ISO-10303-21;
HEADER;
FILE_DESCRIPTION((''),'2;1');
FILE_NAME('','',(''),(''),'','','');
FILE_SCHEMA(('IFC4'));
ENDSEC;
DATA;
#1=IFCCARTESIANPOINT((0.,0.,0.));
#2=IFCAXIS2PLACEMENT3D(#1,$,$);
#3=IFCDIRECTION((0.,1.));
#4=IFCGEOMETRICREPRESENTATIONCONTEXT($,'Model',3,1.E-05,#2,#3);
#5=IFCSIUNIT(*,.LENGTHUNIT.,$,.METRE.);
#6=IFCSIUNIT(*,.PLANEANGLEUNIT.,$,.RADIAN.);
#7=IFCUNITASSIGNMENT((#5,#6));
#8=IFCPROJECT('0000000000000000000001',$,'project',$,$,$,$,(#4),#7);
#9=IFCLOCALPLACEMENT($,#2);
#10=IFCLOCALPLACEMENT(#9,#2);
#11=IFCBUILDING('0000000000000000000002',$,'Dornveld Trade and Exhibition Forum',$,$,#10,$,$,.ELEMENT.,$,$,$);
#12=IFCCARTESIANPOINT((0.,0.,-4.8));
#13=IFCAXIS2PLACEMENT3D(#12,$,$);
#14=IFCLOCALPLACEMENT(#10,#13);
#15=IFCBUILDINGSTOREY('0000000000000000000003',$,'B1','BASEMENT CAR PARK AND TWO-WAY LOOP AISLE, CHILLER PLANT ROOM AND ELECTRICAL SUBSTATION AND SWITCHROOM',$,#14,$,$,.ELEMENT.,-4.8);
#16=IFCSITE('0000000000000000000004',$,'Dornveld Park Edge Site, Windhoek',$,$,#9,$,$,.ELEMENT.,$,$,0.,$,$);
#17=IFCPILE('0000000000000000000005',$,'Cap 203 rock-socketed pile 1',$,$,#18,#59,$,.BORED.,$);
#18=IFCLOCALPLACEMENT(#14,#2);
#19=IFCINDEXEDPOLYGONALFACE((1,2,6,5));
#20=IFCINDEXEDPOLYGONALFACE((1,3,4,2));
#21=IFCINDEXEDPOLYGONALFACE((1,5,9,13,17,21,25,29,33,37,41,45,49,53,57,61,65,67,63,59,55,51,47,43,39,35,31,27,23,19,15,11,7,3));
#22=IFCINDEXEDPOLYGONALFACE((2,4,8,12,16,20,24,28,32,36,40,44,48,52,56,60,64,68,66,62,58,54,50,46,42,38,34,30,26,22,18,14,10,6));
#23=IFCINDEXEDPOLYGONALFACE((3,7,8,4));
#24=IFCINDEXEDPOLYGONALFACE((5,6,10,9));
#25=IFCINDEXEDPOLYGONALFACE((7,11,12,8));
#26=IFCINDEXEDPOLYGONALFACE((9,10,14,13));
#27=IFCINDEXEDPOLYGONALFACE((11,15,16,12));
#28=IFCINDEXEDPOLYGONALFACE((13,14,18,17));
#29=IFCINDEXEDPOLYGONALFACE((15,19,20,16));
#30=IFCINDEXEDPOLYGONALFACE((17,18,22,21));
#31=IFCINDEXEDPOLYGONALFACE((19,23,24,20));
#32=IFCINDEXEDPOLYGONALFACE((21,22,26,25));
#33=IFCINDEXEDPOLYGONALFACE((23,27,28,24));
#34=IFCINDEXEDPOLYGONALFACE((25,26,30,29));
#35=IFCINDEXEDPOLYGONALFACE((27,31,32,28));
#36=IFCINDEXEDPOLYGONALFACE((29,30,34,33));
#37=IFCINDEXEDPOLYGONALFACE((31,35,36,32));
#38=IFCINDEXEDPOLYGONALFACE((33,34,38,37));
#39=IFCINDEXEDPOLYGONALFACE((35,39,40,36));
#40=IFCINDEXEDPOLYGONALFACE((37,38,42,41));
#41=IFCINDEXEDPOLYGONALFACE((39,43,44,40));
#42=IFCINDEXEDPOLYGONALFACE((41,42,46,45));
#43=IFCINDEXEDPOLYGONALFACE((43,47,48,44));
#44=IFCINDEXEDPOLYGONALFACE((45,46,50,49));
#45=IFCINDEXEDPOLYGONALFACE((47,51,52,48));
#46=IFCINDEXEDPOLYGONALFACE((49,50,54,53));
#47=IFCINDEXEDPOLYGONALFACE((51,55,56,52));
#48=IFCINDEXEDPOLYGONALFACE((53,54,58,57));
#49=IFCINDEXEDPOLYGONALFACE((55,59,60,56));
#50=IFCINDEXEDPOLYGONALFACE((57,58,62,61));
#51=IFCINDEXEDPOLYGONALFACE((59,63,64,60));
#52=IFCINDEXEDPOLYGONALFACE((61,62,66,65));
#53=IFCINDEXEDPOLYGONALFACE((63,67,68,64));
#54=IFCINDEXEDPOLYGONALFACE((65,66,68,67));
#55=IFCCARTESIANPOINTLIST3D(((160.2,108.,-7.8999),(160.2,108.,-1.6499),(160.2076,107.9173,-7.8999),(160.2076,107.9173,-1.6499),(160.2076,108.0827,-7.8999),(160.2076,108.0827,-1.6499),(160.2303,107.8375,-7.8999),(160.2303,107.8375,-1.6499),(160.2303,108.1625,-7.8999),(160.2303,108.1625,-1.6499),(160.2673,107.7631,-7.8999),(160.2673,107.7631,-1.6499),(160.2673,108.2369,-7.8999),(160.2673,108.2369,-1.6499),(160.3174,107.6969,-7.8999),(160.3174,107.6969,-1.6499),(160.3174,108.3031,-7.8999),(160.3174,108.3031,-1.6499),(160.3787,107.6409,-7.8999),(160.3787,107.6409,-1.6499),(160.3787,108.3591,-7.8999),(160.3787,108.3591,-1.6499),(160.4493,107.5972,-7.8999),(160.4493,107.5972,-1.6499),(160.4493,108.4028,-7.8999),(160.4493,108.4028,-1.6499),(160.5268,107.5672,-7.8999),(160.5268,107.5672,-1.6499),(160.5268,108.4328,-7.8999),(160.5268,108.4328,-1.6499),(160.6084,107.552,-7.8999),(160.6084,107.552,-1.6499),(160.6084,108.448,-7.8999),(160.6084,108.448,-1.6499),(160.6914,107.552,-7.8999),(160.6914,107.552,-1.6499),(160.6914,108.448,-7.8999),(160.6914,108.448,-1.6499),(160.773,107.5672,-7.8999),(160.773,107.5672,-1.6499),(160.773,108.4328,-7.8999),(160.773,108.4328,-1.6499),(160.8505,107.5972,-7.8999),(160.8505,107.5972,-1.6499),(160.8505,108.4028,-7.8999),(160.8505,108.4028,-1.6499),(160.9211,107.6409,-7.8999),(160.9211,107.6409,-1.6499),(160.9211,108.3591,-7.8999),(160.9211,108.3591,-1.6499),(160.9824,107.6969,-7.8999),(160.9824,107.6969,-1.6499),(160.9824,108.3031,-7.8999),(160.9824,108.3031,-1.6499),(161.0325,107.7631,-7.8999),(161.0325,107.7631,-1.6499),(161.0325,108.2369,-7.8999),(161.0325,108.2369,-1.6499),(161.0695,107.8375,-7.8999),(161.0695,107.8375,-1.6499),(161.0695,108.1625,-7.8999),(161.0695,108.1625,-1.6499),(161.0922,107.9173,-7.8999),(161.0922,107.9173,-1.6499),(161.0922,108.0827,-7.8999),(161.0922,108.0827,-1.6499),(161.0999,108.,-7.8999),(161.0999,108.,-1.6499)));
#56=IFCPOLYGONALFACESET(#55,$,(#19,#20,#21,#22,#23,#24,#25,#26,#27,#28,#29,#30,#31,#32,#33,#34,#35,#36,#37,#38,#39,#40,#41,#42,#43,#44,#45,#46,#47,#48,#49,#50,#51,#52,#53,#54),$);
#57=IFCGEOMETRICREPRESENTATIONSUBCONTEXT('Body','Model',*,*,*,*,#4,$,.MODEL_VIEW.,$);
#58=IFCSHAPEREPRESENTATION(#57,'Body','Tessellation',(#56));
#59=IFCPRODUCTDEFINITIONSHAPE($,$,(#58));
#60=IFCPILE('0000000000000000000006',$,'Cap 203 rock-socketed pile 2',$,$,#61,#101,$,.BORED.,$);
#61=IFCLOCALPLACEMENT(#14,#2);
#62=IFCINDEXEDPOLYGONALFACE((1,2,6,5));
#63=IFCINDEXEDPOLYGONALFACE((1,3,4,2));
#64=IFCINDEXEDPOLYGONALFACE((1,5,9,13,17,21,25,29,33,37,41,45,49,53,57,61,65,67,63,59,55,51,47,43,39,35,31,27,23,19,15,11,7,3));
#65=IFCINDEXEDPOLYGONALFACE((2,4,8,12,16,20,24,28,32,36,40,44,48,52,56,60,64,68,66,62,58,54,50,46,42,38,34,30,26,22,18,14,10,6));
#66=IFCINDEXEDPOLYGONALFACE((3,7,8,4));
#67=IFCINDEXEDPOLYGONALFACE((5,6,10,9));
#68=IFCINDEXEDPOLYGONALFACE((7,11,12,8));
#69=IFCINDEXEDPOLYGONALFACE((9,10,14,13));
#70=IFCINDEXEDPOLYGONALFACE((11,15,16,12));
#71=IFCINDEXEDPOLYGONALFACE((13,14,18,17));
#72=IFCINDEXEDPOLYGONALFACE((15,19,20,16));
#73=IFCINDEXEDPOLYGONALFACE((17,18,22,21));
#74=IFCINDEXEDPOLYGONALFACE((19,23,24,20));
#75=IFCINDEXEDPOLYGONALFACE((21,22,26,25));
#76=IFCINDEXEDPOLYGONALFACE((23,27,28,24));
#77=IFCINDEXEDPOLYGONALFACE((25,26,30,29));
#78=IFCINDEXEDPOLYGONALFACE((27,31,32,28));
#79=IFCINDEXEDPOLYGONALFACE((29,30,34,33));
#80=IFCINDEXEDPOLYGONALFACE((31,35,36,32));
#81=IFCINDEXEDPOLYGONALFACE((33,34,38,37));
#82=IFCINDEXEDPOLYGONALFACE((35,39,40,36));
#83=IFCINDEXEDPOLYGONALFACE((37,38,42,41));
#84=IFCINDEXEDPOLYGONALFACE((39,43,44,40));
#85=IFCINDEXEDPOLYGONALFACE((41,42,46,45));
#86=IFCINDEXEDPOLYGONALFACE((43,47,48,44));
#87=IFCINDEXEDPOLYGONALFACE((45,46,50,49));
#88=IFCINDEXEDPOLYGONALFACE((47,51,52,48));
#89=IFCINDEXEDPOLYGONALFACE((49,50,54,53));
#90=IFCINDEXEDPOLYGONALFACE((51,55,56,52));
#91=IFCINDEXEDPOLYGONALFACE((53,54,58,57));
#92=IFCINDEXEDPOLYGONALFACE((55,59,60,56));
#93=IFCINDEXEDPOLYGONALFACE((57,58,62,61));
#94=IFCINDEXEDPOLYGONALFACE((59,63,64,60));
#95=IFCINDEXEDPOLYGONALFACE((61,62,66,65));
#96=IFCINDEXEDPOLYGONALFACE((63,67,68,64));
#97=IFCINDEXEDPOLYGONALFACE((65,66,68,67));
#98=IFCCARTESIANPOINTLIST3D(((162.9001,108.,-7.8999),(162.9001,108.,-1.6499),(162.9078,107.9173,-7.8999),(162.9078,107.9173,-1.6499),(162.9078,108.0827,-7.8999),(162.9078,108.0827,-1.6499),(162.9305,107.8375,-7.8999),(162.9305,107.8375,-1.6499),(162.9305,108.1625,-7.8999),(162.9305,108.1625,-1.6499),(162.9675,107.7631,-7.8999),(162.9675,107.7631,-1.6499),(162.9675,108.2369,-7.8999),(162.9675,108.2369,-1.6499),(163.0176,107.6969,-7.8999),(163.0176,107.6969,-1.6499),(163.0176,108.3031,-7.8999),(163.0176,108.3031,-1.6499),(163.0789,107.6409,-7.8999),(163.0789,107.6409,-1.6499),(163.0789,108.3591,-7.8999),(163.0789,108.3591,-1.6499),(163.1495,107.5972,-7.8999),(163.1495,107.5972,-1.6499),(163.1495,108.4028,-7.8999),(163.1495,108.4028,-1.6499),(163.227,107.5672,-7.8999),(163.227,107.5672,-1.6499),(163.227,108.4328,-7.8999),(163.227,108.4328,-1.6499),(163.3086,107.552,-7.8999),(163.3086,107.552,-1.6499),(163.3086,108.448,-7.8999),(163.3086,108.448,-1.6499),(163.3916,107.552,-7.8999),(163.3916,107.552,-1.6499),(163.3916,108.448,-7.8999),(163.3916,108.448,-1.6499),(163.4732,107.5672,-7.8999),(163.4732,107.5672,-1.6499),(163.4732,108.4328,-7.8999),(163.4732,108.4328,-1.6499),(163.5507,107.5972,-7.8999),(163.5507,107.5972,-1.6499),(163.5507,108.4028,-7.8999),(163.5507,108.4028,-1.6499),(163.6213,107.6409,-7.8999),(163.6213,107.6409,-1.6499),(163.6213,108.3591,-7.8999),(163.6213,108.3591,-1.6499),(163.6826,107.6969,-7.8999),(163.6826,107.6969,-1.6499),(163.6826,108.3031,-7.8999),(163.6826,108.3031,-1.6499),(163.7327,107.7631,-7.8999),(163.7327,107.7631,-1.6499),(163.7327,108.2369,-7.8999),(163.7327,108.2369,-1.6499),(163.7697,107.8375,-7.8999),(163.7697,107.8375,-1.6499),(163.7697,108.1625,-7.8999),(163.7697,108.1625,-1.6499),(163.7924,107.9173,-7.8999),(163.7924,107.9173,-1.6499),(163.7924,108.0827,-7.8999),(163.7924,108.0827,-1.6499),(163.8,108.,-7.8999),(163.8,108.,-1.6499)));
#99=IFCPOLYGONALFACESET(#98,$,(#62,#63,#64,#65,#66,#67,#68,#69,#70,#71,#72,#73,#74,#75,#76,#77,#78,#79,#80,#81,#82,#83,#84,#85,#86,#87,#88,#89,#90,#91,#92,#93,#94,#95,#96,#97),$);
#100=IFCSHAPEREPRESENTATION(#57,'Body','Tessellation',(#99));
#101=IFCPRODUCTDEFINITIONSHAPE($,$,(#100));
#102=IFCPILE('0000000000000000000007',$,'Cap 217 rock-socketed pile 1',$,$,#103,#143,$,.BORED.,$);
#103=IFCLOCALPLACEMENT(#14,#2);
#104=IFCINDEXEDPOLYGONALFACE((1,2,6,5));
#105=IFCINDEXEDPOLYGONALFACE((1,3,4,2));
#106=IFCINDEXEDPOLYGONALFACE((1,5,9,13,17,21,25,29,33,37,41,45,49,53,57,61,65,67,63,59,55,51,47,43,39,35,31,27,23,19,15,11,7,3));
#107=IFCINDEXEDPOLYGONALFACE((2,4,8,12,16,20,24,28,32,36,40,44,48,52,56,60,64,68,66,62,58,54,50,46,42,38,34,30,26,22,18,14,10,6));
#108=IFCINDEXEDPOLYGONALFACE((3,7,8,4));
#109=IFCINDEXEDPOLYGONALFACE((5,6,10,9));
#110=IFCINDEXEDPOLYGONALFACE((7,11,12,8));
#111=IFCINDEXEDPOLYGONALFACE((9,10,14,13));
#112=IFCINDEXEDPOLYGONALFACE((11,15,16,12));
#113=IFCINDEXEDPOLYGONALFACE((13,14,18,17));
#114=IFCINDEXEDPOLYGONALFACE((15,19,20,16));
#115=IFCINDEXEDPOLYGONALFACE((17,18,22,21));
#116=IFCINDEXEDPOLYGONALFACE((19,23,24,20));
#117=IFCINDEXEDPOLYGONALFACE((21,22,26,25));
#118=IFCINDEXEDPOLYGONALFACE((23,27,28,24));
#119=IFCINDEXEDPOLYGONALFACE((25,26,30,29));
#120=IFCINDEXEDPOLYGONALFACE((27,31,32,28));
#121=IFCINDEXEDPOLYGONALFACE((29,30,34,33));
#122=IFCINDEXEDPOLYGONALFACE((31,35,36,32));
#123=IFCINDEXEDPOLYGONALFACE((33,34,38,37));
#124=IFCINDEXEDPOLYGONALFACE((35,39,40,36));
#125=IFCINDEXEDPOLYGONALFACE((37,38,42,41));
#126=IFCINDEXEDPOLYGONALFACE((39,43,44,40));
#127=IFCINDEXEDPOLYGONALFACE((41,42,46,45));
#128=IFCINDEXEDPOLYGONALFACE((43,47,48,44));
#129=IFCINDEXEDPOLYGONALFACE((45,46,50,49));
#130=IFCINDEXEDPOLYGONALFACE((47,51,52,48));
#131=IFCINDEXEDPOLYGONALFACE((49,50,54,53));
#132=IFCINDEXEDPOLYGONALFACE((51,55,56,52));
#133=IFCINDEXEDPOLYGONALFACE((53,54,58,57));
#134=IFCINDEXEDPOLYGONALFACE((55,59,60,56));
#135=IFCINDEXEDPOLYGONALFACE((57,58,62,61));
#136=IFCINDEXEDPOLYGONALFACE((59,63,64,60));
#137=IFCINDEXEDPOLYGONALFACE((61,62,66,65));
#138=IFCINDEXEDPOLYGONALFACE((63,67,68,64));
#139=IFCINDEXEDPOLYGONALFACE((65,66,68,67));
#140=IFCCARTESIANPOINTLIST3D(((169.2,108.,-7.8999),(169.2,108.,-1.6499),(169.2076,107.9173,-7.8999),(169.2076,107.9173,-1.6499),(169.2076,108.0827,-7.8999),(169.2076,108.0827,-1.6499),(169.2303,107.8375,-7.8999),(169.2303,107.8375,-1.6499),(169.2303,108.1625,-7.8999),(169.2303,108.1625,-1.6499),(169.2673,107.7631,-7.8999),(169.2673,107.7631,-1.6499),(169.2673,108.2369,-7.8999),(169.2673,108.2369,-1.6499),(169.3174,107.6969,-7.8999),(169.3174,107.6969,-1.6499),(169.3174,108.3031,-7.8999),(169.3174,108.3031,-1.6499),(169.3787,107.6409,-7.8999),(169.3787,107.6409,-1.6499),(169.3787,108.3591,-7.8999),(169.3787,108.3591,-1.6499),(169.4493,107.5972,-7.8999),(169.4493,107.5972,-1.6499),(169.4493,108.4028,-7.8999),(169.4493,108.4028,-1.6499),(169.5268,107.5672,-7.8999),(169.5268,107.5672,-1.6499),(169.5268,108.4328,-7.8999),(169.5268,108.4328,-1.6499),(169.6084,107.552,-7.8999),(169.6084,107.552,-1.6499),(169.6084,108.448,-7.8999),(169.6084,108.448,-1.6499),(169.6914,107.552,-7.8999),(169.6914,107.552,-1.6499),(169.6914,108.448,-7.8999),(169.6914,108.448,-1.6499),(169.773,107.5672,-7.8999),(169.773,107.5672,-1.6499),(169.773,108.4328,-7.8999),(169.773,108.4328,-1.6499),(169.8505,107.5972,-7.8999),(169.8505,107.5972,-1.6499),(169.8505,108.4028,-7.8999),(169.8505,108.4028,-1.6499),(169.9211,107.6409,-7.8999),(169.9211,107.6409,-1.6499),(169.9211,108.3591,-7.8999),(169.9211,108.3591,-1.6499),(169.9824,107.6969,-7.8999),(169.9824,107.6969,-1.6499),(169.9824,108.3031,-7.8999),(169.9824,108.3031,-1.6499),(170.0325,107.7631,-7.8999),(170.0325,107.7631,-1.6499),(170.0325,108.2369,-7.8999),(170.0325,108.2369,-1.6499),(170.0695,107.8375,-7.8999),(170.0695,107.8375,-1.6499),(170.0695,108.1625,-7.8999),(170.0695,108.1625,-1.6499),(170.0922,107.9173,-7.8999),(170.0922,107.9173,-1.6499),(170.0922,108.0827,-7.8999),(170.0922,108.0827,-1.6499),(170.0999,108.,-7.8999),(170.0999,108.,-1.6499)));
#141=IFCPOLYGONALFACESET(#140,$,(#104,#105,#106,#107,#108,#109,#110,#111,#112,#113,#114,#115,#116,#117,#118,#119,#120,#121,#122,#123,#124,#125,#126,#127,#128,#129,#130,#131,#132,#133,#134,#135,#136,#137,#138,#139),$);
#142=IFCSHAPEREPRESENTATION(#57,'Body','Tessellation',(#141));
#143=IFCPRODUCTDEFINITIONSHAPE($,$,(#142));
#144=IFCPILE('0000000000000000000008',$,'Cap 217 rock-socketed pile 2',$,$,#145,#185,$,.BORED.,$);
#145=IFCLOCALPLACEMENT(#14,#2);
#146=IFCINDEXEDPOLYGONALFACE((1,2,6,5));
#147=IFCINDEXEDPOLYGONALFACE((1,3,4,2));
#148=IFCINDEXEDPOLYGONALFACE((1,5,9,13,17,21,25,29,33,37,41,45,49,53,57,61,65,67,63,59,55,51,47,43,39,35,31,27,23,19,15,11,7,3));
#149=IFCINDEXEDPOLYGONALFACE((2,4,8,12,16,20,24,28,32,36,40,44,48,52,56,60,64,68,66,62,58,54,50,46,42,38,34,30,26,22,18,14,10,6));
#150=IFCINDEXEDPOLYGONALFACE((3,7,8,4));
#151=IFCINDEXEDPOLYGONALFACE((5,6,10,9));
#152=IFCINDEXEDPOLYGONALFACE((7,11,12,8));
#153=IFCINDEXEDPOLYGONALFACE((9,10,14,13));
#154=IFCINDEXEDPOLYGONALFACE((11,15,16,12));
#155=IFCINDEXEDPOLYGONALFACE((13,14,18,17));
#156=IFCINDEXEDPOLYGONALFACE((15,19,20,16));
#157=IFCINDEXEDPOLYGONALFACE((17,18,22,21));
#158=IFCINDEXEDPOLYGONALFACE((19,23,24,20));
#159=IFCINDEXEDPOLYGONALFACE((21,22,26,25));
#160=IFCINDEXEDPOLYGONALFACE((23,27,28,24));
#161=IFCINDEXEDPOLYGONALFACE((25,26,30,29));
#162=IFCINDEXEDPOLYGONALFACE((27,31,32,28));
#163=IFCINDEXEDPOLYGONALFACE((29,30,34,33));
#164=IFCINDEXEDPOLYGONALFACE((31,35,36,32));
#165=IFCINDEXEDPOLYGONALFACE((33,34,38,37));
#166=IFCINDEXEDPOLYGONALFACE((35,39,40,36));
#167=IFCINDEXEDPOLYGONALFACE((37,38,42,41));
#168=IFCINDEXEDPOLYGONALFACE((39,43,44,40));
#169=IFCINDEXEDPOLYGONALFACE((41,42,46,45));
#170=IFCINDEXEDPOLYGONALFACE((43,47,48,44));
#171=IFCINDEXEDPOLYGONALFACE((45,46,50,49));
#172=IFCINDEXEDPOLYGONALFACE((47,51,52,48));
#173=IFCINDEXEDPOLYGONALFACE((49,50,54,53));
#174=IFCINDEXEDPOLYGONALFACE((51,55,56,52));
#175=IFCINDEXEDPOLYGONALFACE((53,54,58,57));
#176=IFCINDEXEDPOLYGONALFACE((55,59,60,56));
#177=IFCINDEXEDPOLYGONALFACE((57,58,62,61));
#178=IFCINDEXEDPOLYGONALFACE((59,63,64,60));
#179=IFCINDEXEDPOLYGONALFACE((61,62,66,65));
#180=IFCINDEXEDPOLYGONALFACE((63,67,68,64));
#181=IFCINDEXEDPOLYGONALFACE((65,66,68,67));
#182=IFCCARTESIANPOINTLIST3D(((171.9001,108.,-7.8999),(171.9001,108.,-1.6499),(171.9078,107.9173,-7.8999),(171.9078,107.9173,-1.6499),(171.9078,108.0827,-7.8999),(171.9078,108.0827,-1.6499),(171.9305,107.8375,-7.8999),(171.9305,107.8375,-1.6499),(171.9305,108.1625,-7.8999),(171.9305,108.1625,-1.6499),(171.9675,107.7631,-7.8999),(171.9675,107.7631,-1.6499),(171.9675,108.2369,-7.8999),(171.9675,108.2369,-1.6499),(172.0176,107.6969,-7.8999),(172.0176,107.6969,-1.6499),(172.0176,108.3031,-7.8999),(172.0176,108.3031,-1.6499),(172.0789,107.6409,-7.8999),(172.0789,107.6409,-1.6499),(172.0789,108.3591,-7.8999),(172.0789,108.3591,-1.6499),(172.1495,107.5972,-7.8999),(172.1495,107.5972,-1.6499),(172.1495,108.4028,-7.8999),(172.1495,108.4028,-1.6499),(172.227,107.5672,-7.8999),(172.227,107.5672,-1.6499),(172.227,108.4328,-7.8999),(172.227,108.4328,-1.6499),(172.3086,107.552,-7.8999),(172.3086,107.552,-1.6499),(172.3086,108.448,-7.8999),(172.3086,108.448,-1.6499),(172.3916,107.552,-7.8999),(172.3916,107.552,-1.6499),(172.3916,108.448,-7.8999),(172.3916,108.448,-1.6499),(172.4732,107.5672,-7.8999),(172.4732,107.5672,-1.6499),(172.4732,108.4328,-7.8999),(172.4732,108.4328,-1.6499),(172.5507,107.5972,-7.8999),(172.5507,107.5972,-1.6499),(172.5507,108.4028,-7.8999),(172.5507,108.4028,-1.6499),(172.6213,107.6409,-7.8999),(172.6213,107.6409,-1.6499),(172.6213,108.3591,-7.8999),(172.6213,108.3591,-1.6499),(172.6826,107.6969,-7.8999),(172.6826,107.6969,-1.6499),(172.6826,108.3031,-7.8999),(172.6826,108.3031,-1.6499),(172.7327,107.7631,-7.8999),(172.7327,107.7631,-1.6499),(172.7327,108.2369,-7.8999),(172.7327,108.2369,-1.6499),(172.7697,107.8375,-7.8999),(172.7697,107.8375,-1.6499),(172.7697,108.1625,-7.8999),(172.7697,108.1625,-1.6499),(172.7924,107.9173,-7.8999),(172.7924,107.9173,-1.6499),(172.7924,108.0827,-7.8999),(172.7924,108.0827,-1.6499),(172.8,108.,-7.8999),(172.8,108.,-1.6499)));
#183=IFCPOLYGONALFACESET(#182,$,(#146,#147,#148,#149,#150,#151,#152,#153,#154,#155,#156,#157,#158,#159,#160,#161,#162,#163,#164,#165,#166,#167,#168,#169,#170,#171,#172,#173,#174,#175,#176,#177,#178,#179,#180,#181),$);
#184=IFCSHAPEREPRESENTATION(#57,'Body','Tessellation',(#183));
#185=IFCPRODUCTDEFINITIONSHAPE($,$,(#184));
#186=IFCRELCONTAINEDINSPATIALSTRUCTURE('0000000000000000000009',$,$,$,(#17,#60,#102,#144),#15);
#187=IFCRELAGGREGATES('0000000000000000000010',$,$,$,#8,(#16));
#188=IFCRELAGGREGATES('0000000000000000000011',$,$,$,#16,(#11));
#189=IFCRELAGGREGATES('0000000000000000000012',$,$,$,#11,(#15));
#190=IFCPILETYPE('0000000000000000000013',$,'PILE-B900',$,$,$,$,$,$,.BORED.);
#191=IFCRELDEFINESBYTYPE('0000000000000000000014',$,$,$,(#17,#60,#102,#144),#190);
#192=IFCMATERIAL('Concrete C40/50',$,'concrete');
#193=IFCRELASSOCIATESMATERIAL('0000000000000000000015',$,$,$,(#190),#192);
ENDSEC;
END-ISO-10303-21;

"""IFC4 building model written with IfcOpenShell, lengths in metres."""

from ifc_helpers import new_model, si_unit, direction, frame, origin, origin_2d, place, context, subcontext, project, spatial, circle, extrude, material, material_profile, profile_set, type_object, element, save


model = new_model("IFC4")

# Units and contexts
model_context = context("Model", 3, precision=1e-05, world=origin(), true_north=direction((0.0, 1.0)))
body_context = subcontext(model_context, "Body", "Model", "MODEL_VIEW")
ifc_project = project(units=[si_unit("LENGTHUNIT", "METRE"), si_unit("PLANEANGLEUNIT", "RADIAN")], contexts=[model_context])

# Site, building, storey
site_placement = place(None, origin())
site = spatial("IfcSite", under=ifc_project, at=site_placement, Name="Dornveld Park Edge Site, Windhoek", CompositionType="ELEMENT", RefElevation=0.0)
building_placement = place(site_placement, origin())
building = spatial("IfcBuilding", under=site, at=building_placement, Name="Dornveld Trade and Exhibition Forum", CompositionType="ELEMENT")
storey_placement = place(building_placement, frame((0.0, 0.0, -4.8)))
storey = spatial("IfcBuildingStorey", under=building, at=storey_placement, Name="B1", Description="BASEMENT CAR PARK AND TWO-WAY LOOP AISLE, CHILLER PLANT ROOM AND ELECTRICAL SUBSTATION AND SWITCHROOM", CompositionType="ELEMENT", Elevation=-4.8)

# Piles
ifc_material_1 = material(Name="Concrete C40/50", Category="concrete")
ifc_material_profile_1 = material_profile(ifc_material_1, circle(Radius=0.45, at=origin_2d()), Name="PILE D900")
ifc_profile_set_1 = profile_set([ifc_material_profile_1], Name="Concrete C40/50")
pile_type_1 = type_object("IfcPileType", Name="PILE-B900", PredefinedType="BORED", material=ifc_profile_set_1)
for number, where, z_axis, x_axis, name in (
    (1, (160.6499, 108.0, -1.6499), (0.0, 0.0, -1.0), (1.0, 0.0, 0.0), "Cap 203 rock-socketed pile 1"),
    (2, (163.3501, 108.0, -1.6499), (0.0, 0.0, -1.0), (1.0, 0.0, 0.0), "Cap 203 rock-socketed pile 2"),
    (3, (169.6499, 108.0, -1.6499), (0.0, 0.0, -1.0), (1.0, 0.0, 0.0), "Cap 217 rock-socketed pile 1"),
    (4, (172.3501, 108.0, -1.6499), (0.0, 0.0, -1.0), (1.0, 0.0, 0.0), "Cap 217 rock-socketed pile 2"),
):
    element("IfcPile", number, at=place(storey_placement, frame(where, z_axis=z_axis, x_axis=x_axis)), inside=storey, type_object=pile_type_1, Name=name, PredefinedType="BORED", context=body_context, shape_type="SweptSolid", body=[
        extrude(circle(Radius=0.45, at=origin_2d()), origin(), (0.0, 0.0, 1.0), 6.25),
    ])

save(model, "model.ifc")
